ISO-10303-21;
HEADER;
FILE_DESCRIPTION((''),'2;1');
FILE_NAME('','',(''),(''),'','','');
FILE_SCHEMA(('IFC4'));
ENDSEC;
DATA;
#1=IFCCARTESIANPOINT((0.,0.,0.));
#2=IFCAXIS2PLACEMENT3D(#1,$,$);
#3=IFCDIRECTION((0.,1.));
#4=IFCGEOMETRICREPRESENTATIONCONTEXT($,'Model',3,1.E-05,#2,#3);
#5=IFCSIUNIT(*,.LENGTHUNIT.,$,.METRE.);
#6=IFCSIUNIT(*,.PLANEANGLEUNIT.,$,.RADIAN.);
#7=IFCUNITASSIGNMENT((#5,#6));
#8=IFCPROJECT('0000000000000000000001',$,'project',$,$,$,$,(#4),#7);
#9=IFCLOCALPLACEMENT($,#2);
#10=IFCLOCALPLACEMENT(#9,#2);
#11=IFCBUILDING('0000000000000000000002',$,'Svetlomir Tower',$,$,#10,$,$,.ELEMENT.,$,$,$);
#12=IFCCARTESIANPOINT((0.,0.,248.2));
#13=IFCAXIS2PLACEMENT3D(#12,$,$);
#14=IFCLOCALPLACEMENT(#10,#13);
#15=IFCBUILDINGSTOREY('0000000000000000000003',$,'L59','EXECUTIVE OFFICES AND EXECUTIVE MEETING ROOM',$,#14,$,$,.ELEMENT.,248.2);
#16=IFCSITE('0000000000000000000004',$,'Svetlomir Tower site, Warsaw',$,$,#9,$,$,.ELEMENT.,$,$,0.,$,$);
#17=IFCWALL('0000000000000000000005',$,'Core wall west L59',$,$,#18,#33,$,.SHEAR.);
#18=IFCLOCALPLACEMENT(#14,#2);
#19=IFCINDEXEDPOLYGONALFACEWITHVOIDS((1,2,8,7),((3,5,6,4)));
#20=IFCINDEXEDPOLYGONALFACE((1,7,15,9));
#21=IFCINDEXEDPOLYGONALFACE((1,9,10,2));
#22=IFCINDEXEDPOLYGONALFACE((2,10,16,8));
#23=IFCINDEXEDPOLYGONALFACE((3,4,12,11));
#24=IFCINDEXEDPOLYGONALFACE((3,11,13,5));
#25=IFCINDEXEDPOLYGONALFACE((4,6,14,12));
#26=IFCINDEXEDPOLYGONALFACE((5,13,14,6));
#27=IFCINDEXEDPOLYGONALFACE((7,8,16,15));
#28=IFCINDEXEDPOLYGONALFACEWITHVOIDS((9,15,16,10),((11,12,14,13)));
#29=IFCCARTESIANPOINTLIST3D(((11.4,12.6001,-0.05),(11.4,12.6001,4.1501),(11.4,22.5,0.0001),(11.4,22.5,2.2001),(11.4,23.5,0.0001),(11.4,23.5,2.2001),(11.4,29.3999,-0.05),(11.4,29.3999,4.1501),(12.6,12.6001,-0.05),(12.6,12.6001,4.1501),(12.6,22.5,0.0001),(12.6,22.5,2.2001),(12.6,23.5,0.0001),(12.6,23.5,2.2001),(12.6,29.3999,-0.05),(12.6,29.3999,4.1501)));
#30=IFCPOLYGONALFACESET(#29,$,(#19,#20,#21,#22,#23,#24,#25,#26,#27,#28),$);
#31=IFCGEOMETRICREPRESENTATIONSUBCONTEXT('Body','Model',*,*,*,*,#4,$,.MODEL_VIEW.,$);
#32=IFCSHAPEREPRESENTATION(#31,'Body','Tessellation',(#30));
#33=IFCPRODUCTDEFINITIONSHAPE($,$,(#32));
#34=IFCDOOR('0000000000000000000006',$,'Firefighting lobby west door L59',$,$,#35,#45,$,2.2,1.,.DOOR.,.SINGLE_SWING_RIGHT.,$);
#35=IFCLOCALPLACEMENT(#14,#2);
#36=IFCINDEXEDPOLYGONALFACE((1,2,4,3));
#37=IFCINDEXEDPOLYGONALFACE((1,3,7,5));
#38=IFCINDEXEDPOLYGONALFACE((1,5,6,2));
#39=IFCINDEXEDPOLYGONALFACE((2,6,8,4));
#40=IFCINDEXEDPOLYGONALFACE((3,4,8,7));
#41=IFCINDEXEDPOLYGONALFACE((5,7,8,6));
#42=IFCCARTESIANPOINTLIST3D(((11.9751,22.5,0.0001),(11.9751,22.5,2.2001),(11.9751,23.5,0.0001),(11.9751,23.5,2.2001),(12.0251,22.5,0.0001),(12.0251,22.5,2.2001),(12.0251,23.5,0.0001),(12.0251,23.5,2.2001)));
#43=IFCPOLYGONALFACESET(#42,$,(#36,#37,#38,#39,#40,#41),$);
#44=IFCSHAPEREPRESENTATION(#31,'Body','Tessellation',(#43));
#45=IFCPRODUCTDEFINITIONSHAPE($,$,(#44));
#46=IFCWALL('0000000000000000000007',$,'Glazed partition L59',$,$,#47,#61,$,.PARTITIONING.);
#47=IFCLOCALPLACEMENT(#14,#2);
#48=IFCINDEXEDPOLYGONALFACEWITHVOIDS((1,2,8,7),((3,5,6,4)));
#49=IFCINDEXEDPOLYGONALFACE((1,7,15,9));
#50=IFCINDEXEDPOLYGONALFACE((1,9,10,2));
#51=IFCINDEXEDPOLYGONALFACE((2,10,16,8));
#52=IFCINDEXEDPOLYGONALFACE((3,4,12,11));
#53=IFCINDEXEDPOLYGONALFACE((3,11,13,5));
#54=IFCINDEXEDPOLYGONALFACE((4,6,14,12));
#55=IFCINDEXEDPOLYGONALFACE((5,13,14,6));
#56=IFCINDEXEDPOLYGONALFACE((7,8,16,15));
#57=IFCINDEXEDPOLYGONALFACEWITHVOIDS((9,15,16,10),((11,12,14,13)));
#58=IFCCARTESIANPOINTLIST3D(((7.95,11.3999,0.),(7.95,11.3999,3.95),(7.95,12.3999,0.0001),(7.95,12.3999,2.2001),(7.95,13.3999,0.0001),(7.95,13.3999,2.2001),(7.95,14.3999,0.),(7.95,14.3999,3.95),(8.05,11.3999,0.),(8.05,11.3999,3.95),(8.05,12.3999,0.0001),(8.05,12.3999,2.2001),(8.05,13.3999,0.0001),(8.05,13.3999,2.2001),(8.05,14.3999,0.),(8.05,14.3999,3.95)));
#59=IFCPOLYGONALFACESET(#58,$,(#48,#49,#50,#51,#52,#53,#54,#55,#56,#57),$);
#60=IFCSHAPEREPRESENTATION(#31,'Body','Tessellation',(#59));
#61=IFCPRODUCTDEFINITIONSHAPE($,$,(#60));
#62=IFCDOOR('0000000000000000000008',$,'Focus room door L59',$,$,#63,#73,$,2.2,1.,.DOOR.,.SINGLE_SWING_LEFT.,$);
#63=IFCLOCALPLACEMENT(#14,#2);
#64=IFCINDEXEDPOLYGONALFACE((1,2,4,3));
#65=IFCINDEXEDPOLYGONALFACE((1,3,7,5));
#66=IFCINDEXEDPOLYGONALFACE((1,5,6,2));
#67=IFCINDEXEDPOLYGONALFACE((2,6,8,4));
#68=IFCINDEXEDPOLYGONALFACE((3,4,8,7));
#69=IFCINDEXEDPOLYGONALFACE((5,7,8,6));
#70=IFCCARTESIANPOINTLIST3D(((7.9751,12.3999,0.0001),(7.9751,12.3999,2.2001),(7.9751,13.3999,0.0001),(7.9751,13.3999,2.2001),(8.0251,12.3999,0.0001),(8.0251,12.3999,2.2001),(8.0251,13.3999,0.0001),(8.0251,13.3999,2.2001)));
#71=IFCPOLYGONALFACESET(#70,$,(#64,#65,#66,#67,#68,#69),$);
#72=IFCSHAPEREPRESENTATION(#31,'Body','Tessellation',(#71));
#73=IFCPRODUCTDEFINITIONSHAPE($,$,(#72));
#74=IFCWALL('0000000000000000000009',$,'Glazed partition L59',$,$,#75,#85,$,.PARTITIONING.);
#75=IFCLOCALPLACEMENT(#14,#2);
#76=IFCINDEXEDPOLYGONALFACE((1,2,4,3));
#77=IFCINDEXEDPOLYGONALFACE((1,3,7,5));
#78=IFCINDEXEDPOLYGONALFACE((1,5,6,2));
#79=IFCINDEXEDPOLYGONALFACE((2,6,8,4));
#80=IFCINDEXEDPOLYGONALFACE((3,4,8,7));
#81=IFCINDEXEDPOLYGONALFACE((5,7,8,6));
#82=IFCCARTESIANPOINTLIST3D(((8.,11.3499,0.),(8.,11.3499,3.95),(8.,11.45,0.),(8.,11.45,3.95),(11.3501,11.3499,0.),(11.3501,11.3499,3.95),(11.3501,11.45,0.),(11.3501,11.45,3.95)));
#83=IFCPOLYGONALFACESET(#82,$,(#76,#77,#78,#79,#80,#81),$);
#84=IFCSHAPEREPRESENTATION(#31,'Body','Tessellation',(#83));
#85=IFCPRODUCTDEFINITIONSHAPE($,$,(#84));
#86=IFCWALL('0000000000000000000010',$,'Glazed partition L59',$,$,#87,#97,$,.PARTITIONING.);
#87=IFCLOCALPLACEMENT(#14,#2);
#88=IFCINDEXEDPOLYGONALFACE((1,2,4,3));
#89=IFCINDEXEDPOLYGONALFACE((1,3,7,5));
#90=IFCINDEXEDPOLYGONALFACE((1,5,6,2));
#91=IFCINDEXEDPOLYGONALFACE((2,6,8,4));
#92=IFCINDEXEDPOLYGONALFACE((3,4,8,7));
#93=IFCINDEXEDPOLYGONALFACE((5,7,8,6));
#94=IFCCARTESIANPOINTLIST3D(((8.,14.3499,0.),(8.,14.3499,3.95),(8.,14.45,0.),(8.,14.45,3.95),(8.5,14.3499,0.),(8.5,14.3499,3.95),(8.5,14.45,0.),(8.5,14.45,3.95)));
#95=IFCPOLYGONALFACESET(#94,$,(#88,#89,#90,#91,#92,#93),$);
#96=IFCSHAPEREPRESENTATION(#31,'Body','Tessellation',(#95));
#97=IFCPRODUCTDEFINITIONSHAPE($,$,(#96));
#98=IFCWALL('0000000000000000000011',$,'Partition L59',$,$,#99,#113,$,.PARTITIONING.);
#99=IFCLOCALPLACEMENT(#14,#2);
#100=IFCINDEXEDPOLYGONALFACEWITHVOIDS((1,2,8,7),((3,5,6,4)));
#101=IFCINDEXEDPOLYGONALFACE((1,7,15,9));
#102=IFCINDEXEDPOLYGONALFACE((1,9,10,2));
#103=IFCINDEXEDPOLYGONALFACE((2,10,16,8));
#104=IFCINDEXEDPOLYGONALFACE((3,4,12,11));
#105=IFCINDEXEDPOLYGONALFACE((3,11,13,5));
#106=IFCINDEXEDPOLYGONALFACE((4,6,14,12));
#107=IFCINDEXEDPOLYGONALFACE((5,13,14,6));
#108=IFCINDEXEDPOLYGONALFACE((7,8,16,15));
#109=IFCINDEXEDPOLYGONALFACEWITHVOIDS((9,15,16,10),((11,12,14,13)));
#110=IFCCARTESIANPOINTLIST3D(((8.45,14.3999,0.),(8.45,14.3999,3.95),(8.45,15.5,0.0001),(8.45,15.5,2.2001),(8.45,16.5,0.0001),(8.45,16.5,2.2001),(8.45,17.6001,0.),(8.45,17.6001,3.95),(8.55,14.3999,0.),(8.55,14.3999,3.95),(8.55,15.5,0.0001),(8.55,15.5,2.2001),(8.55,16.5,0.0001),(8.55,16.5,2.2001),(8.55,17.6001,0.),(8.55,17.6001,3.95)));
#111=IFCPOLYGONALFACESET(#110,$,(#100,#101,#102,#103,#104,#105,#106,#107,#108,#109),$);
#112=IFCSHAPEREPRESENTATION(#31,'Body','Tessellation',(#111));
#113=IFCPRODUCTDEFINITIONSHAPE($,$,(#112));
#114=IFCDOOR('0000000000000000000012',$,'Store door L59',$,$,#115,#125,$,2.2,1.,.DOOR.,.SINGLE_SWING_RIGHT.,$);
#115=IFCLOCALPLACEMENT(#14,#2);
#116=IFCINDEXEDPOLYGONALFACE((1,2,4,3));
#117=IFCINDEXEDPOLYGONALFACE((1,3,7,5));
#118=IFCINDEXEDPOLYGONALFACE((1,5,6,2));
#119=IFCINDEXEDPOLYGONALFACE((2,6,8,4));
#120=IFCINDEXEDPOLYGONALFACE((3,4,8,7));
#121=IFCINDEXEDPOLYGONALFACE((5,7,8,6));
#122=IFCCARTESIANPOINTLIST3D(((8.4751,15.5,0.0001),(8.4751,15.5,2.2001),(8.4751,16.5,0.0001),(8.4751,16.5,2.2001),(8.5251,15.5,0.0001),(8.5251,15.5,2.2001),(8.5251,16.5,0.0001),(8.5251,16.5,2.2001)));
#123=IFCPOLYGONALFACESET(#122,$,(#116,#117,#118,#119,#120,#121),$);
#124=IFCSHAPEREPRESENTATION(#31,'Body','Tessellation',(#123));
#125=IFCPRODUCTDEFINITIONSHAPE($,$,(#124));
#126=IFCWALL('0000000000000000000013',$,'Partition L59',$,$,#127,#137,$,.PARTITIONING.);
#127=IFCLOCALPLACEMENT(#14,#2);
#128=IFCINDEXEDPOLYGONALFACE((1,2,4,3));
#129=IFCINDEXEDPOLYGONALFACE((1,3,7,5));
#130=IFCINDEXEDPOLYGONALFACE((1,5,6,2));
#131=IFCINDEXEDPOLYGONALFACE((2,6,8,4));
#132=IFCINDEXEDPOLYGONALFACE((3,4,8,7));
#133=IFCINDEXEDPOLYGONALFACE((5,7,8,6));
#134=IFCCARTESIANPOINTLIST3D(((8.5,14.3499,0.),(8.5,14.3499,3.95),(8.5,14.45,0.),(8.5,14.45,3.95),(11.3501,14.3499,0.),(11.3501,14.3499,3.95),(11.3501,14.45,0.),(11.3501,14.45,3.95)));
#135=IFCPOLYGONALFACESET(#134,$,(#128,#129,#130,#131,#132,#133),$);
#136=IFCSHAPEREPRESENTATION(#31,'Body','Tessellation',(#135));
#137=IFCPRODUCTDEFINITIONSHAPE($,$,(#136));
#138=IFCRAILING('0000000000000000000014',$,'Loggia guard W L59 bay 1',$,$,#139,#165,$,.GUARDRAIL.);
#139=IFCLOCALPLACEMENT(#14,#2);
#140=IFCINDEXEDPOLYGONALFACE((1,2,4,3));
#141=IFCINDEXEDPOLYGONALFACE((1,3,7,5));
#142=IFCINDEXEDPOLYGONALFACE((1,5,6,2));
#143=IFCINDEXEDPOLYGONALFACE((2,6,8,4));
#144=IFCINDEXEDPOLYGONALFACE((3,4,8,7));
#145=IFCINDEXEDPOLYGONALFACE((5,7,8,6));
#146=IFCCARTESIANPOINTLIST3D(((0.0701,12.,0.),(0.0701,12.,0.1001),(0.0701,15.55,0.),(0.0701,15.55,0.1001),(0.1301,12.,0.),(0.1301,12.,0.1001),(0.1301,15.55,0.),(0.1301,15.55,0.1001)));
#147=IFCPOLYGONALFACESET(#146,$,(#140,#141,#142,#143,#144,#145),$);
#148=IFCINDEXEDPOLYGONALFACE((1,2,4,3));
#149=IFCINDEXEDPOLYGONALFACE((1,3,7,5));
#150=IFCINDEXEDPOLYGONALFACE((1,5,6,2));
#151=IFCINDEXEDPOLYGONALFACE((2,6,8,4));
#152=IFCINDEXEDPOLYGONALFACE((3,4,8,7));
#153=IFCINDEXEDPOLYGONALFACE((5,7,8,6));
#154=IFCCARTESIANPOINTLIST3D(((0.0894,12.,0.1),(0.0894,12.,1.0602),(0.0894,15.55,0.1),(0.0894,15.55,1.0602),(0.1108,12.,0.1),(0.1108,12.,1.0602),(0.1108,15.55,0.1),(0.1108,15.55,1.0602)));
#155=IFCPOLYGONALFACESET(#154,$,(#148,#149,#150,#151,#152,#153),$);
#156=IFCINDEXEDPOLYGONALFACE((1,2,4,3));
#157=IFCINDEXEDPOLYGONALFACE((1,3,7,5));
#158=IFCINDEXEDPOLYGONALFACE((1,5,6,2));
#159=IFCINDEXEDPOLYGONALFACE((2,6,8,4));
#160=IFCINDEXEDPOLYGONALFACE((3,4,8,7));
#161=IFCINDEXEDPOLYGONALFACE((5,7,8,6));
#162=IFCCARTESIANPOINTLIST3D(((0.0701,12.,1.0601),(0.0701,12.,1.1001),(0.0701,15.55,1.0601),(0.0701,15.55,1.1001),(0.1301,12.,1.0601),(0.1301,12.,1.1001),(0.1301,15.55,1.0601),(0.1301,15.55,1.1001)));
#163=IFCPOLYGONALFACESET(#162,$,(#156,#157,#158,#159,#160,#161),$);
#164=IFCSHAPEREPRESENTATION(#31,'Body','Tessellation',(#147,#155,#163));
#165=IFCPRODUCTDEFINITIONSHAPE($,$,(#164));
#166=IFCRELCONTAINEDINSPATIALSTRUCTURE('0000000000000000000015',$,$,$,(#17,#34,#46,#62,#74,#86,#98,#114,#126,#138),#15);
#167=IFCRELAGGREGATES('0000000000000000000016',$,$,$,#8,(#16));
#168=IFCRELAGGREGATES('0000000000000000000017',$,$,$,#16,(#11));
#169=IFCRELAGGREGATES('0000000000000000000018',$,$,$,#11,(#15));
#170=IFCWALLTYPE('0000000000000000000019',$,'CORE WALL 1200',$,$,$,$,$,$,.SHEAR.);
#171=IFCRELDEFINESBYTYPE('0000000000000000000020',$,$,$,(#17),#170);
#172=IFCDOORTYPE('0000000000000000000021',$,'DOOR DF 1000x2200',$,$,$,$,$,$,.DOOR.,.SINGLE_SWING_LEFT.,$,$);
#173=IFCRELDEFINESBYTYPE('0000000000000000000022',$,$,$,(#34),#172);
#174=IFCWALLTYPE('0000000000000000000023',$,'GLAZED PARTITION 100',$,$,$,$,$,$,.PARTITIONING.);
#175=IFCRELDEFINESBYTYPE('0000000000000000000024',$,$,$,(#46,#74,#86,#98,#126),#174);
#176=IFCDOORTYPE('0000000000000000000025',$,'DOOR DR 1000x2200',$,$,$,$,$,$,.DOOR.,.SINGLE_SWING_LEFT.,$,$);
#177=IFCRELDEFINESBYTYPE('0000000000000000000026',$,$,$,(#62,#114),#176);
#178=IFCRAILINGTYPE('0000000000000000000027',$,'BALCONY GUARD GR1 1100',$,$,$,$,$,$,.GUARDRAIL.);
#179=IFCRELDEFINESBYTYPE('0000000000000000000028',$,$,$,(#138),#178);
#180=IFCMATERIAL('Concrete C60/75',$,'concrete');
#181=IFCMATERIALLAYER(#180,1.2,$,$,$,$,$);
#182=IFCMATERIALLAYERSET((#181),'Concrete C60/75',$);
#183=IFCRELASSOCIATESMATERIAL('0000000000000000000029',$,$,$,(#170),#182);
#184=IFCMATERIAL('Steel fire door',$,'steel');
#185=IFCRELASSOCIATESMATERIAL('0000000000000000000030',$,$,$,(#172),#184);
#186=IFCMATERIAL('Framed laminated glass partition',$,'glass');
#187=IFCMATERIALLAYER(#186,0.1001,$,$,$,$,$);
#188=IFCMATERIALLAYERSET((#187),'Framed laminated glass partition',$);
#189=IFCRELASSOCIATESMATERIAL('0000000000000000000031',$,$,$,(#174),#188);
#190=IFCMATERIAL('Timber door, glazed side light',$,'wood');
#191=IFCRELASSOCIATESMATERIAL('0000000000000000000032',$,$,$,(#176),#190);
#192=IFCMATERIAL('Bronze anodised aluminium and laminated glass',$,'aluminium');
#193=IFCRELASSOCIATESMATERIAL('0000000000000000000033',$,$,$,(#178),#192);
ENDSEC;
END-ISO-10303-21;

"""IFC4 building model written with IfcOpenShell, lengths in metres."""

from ifc_helpers import new_model, si_unit, direction, frame, frame_2d, origin, origin_2d, place, context, subcontext, project, spatial, rectangle, extrude, material, layer, layer_set, type_object, element, fill, save


model = new_model("IFC4")

# Units and contexts
model_context = context("Model", 3, precision=1e-05, world=origin(), true_north=direction((0.0, 1.0)))
body_context = subcontext(model_context, "Body", "Model", "MODEL_VIEW")
ifc_project = project(units=[si_unit("LENGTHUNIT", "METRE"), si_unit("PLANEANGLEUNIT", "RADIAN")], contexts=[model_context])

# Site, building, storey
site_placement = place(None, origin())
site = spatial("IfcSite", under=ifc_project, at=site_placement, Name="Svetlomir Tower site, Warsaw", CompositionType="ELEMENT", RefElevation=0.0)
building_placement = place(site_placement, origin())
building = spatial("IfcBuilding", under=site, at=building_placement, Name="Svetlomir Tower", CompositionType="ELEMENT")
storey_placement = place(building_placement, frame((0.0, 0.0, 248.2)))
storey = spatial("IfcBuildingStorey", under=building, at=storey_placement, Name="L59", Description="EXECUTIVE OFFICES AND EXECUTIVE MEETING ROOM", CompositionType="ELEMENT", Elevation=248.2)

# Walls, openings, doors
ifc_material_1 = material(Name="Concrete C60/75", Category="concrete")
ifc_layer_1 = layer(ifc_material_1, 1.2)
ifc_layer_set_1 = layer_set([ifc_layer_1], Name="Concrete C60/75")
wall_type_1 = type_object("IfcWallType", Name="CORE WALL 1200", PredefinedType="SHEAR", material=ifc_layer_set_1)
wall_1_placement = place(storey_placement, frame((12.0, 12.6001, -0.05), z_axis=(0.0, 0.0, 1.0), x_axis=(0.0, 1.0, 0.0)))
wall_1 = element("IfcWall", 1, at=wall_1_placement, inside=storey, type_object=wall_type_1, Name="Core wall west L59", PredefinedType="SHEAR", context=body_context, shape_type="SweptSolid", body=[
    extrude(rectangle(XDim=16.7998, YDim=1.2, at=frame_2d((8.3999, 0.0))), origin(), (0.0, 0.0, 1.0), 4.2002),
])
opening_1_placement = place(wall_1_placement, frame((9.8999, 0.0, 0.05)))
opening_1 = element("IfcOpeningElement", 2, at=opening_1_placement, cuts=wall_1, PredefinedType="OPENING", context=body_context, shape_type="SweptSolid", body=[
    extrude(rectangle(XDim=1.0, YDim=2.2, at=frame_2d((0.5, 1.1001))), frame((0.0, 0.6099, 0.0), z_axis=(0.0, -1.0, 0.0), x_axis=(1.0, 0.0, 0.0)), (0.0, 0.0, 1.0), 1.22),
])
ifc_material_2 = material(Name="Steel fire door", Category="steel")
door_type_1 = type_object("IfcDoorType", Name="DOOR DF 1000x2200", OperationType="SINGLE_SWING_LEFT", PredefinedType="DOOR", material=ifc_material_2)
door_1_placement = place(opening_1_placement, origin())
door_1 = element("IfcDoor", 3, at=door_1_placement, inside=storey, type_object=door_type_1, Name="Firefighting lobby west door L59", OperationType="SINGLE_SWING_RIGHT", OverallHeight=2.2, OverallWidth=1.0, PredefinedType="DOOR", context=body_context, shape_type="SweptSolid", body=[
    extrude(rectangle(XDim=1.0, YDim=2.2, at=frame_2d((0.5, 1.1001))), frame((0.0, 0.0249, 0.0), z_axis=(0.0, -1.0, 0.0), x_axis=(1.0, 0.0, 0.0)), (0.0, 0.0, 1.0), 0.05),
])
fill(opening_1, door_1)
ifc_material_3 = material(Name="Framed laminated glass partition", Category="glass")
ifc_layer_2 = layer(ifc_material_3, 0.1001)
ifc_layer_set_2 = layer_set([ifc_layer_2], Name="Framed laminated glass partition")
wall_type_2 = type_object("IfcWallType", Name="GLAZED PARTITION 100", PredefinedType="PARTITIONING", material=ifc_layer_set_2)
wall_2_placement = place(storey_placement, frame((8.0, 11.3999, 0.0), z_axis=(0.0, 0.0, 1.0), x_axis=(0.0, 1.0, 0.0)))
wall_2 = element("IfcWall", 4, at=wall_2_placement, inside=storey, type_object=wall_type_2, Name="Glazed partition L59", PredefinedType="PARTITIONING", context=body_context, shape_type="SweptSolid", body=[
    extrude(rectangle(XDim=3.0, YDim=0.1001, at=frame_2d((1.5, 0.0))), origin(), (0.0, 0.0, 1.0), 3.95),
])
opening_2_placement = place(wall_2_placement, frame((1.0, 0.0, 0.0)))
opening_2 = element("IfcOpeningElement", 5, at=opening_2_placement, cuts=wall_2, PredefinedType="OPENING", context=body_context, shape_type="SweptSolid", body=[
    extrude(rectangle(XDim=1.0, YDim=2.2, at=frame_2d((0.5, 1.1001))), frame((0.0, 0.0601, 0.0), z_axis=(0.0, -1.0, 0.0), x_axis=(1.0, 0.0, 0.0)), (0.0, 0.0, 1.0), 0.1201),
])
ifc_material_4 = material(Name="Timber door, glazed side light", Category="wood")
door_type_2 = type_object("IfcDoorType", Name="DOOR DR 1000x2200", OperationType="SINGLE_SWING_LEFT", PredefinedType="DOOR", material=ifc_material_4)
door_2_placement = place(opening_2_placement, origin())
door_2 = element("IfcDoor", 6, at=door_2_placement, inside=storey, type_object=door_type_2, Name="Focus room door L59", OperationType="SINGLE_SWING_LEFT", OverallHeight=2.2, OverallWidth=1.0, PredefinedType="DOOR", context=body_context, shape_type="SweptSolid", body=[
    extrude(rectangle(XDim=1.0, YDim=2.2, at=frame_2d((0.5, 1.1001))), frame((0.0, 0.0249, 0.0), z_axis=(0.0, -1.0, 0.0), x_axis=(1.0, 0.0, 0.0)), (0.0, 0.0, 1.0), 0.05),
])
fill(opening_2, door_2)

# Walls
wall_3_placement = place(storey_placement, frame((8.0, 11.3999, 0.0), z_axis=(0.0, 0.0, 1.0), x_axis=(1.0, 0.0, 0.0)))
element("IfcWall", 7, at=wall_3_placement, inside=storey, type_object=wall_type_2, Name="Glazed partition L59", PredefinedType="PARTITIONING", context=body_context, shape_type="SweptSolid", body=[
    extrude(rectangle(XDim=3.3501, YDim=0.1001, at=frame_2d((1.675, 0.0))), origin(), (0.0, 0.0, 1.0), 3.95),
])
wall_4_placement = place(storey_placement, frame((8.0, 14.3999, 0.0), z_axis=(0.0, 0.0, 1.0), x_axis=(1.0, 0.0, 0.0)))
element("IfcWall", 8, at=wall_4_placement, inside=storey, type_object=wall_type_2, Name="Glazed partition L59", PredefinedType="PARTITIONING", context=body_context, shape_type="SweptSolid", body=[
    extrude(rectangle(XDim=0.5, YDim=0.1001, at=frame_2d((0.25, 0.0))), origin(), (0.0, 0.0, 1.0), 3.95),
])

# Wall, opening, door
wall_5_placement = place(storey_placement, frame((8.5, 14.3999, 0.0), z_axis=(0.0, 0.0, 1.0), x_axis=(0.0, 1.0, 0.0)))
wall_5 = element("IfcWall", 9, at=wall_5_placement, inside=storey, type_object=wall_type_2, Name="Partition L59", PredefinedType="PARTITIONING", context=body_context, shape_type="SweptSolid", body=[
    extrude(rectangle(XDim=3.2002, YDim=0.1001, at=frame_2d((1.6001, 0.0))), origin(), (0.0, 0.0, 1.0), 3.95),
])
opening_3_placement = place(wall_5_placement, frame((1.1001, 0.0, 0.0)))
opening_3 = element("IfcOpeningElement", 10, at=opening_3_placement, cuts=wall_5, PredefinedType="OPENING", context=body_context, shape_type="SweptSolid", body=[
    extrude(rectangle(XDim=1.0, YDim=2.2, at=frame_2d((0.5, 1.1001))), frame((0.0, 0.0601, 0.0), z_axis=(0.0, -1.0, 0.0), x_axis=(1.0, 0.0, 0.0)), (0.0, 0.0, 1.0), 0.1201),
])
door_3_placement = place(opening_3_placement, origin())
door_3 = element("IfcDoor", 11, at=door_3_placement, inside=storey, type_object=door_type_2, Name="Store door L59", OperationType="SINGLE_SWING_RIGHT", OverallHeight=2.2, OverallWidth=1.0, PredefinedType="DOOR", context=body_context, shape_type="SweptSolid", body=[
    extrude(rectangle(XDim=1.0, YDim=2.2, at=frame_2d((0.5, 1.1001))), frame((0.0, 0.0249, 0.0), z_axis=(0.0, -1.0, 0.0), x_axis=(1.0, 0.0, 0.0)), (0.0, 0.0, 1.0), 0.05),
])
fill(opening_3, door_3)

# Wall
wall_6_placement = place(storey_placement, frame((8.5, 14.3999, 0.0), z_axis=(0.0, 0.0, 1.0), x_axis=(1.0, 0.0, 0.0)))
element("IfcWall", 12, at=wall_6_placement, inside=storey, type_object=wall_type_2, Name="Partition L59", PredefinedType="PARTITIONING", context=body_context, shape_type="SweptSolid", body=[
    extrude(rectangle(XDim=2.8501, YDim=0.1001, at=frame_2d((1.425, 0.0))), origin(), (0.0, 0.0, 1.0), 3.95),
])

# Railing
ifc_material_5 = material(Name="Bronze anodised aluminium and laminated glass", Category="aluminium")
railing_type = type_object("IfcRailingType", Name="BALCONY GUARD GR1 1100", PredefinedType="GUARDRAIL", material=ifc_material_5)
railing_1_placement = place(storey_placement, frame((0.1001, 12.0, 0.0)))
element("IfcRailing", 13, at=railing_1_placement, inside=storey, type_object=railing_type, Name="Loggia guard W L59 bay 1", PredefinedType="GUARDRAIL", context=body_context, shape_type="SweptSolid", body=[
    extrude(rectangle(XDim=0.0601, YDim=0.1001, at=origin_2d()), frame((0.0, 0.0, 0.05), z_axis=(0.0, 1.0, 0.0), x_axis=(-1.0, 0.0, 0.0)), (0.0, 0.0, 1.0), 3.55),
    extrude(rectangle(XDim=0.0215, YDim=0.9602, at=origin_2d()), frame((0.0, 0.0, 0.5801), z_axis=(0.0, 1.0, 0.0), x_axis=(-1.0, 0.0, 0.0)), (0.0, 0.0, 1.0), 3.55),
    extrude(rectangle(XDim=0.0601, YDim=0.04, at=origin_2d()), frame((0.0, 0.0, 1.0801), z_axis=(0.0, 1.0, 0.0), x_axis=(-1.0, 0.0, 0.0)), (0.0, 0.0, 1.0), 3.55),
])

save(model, "model.ifc")
